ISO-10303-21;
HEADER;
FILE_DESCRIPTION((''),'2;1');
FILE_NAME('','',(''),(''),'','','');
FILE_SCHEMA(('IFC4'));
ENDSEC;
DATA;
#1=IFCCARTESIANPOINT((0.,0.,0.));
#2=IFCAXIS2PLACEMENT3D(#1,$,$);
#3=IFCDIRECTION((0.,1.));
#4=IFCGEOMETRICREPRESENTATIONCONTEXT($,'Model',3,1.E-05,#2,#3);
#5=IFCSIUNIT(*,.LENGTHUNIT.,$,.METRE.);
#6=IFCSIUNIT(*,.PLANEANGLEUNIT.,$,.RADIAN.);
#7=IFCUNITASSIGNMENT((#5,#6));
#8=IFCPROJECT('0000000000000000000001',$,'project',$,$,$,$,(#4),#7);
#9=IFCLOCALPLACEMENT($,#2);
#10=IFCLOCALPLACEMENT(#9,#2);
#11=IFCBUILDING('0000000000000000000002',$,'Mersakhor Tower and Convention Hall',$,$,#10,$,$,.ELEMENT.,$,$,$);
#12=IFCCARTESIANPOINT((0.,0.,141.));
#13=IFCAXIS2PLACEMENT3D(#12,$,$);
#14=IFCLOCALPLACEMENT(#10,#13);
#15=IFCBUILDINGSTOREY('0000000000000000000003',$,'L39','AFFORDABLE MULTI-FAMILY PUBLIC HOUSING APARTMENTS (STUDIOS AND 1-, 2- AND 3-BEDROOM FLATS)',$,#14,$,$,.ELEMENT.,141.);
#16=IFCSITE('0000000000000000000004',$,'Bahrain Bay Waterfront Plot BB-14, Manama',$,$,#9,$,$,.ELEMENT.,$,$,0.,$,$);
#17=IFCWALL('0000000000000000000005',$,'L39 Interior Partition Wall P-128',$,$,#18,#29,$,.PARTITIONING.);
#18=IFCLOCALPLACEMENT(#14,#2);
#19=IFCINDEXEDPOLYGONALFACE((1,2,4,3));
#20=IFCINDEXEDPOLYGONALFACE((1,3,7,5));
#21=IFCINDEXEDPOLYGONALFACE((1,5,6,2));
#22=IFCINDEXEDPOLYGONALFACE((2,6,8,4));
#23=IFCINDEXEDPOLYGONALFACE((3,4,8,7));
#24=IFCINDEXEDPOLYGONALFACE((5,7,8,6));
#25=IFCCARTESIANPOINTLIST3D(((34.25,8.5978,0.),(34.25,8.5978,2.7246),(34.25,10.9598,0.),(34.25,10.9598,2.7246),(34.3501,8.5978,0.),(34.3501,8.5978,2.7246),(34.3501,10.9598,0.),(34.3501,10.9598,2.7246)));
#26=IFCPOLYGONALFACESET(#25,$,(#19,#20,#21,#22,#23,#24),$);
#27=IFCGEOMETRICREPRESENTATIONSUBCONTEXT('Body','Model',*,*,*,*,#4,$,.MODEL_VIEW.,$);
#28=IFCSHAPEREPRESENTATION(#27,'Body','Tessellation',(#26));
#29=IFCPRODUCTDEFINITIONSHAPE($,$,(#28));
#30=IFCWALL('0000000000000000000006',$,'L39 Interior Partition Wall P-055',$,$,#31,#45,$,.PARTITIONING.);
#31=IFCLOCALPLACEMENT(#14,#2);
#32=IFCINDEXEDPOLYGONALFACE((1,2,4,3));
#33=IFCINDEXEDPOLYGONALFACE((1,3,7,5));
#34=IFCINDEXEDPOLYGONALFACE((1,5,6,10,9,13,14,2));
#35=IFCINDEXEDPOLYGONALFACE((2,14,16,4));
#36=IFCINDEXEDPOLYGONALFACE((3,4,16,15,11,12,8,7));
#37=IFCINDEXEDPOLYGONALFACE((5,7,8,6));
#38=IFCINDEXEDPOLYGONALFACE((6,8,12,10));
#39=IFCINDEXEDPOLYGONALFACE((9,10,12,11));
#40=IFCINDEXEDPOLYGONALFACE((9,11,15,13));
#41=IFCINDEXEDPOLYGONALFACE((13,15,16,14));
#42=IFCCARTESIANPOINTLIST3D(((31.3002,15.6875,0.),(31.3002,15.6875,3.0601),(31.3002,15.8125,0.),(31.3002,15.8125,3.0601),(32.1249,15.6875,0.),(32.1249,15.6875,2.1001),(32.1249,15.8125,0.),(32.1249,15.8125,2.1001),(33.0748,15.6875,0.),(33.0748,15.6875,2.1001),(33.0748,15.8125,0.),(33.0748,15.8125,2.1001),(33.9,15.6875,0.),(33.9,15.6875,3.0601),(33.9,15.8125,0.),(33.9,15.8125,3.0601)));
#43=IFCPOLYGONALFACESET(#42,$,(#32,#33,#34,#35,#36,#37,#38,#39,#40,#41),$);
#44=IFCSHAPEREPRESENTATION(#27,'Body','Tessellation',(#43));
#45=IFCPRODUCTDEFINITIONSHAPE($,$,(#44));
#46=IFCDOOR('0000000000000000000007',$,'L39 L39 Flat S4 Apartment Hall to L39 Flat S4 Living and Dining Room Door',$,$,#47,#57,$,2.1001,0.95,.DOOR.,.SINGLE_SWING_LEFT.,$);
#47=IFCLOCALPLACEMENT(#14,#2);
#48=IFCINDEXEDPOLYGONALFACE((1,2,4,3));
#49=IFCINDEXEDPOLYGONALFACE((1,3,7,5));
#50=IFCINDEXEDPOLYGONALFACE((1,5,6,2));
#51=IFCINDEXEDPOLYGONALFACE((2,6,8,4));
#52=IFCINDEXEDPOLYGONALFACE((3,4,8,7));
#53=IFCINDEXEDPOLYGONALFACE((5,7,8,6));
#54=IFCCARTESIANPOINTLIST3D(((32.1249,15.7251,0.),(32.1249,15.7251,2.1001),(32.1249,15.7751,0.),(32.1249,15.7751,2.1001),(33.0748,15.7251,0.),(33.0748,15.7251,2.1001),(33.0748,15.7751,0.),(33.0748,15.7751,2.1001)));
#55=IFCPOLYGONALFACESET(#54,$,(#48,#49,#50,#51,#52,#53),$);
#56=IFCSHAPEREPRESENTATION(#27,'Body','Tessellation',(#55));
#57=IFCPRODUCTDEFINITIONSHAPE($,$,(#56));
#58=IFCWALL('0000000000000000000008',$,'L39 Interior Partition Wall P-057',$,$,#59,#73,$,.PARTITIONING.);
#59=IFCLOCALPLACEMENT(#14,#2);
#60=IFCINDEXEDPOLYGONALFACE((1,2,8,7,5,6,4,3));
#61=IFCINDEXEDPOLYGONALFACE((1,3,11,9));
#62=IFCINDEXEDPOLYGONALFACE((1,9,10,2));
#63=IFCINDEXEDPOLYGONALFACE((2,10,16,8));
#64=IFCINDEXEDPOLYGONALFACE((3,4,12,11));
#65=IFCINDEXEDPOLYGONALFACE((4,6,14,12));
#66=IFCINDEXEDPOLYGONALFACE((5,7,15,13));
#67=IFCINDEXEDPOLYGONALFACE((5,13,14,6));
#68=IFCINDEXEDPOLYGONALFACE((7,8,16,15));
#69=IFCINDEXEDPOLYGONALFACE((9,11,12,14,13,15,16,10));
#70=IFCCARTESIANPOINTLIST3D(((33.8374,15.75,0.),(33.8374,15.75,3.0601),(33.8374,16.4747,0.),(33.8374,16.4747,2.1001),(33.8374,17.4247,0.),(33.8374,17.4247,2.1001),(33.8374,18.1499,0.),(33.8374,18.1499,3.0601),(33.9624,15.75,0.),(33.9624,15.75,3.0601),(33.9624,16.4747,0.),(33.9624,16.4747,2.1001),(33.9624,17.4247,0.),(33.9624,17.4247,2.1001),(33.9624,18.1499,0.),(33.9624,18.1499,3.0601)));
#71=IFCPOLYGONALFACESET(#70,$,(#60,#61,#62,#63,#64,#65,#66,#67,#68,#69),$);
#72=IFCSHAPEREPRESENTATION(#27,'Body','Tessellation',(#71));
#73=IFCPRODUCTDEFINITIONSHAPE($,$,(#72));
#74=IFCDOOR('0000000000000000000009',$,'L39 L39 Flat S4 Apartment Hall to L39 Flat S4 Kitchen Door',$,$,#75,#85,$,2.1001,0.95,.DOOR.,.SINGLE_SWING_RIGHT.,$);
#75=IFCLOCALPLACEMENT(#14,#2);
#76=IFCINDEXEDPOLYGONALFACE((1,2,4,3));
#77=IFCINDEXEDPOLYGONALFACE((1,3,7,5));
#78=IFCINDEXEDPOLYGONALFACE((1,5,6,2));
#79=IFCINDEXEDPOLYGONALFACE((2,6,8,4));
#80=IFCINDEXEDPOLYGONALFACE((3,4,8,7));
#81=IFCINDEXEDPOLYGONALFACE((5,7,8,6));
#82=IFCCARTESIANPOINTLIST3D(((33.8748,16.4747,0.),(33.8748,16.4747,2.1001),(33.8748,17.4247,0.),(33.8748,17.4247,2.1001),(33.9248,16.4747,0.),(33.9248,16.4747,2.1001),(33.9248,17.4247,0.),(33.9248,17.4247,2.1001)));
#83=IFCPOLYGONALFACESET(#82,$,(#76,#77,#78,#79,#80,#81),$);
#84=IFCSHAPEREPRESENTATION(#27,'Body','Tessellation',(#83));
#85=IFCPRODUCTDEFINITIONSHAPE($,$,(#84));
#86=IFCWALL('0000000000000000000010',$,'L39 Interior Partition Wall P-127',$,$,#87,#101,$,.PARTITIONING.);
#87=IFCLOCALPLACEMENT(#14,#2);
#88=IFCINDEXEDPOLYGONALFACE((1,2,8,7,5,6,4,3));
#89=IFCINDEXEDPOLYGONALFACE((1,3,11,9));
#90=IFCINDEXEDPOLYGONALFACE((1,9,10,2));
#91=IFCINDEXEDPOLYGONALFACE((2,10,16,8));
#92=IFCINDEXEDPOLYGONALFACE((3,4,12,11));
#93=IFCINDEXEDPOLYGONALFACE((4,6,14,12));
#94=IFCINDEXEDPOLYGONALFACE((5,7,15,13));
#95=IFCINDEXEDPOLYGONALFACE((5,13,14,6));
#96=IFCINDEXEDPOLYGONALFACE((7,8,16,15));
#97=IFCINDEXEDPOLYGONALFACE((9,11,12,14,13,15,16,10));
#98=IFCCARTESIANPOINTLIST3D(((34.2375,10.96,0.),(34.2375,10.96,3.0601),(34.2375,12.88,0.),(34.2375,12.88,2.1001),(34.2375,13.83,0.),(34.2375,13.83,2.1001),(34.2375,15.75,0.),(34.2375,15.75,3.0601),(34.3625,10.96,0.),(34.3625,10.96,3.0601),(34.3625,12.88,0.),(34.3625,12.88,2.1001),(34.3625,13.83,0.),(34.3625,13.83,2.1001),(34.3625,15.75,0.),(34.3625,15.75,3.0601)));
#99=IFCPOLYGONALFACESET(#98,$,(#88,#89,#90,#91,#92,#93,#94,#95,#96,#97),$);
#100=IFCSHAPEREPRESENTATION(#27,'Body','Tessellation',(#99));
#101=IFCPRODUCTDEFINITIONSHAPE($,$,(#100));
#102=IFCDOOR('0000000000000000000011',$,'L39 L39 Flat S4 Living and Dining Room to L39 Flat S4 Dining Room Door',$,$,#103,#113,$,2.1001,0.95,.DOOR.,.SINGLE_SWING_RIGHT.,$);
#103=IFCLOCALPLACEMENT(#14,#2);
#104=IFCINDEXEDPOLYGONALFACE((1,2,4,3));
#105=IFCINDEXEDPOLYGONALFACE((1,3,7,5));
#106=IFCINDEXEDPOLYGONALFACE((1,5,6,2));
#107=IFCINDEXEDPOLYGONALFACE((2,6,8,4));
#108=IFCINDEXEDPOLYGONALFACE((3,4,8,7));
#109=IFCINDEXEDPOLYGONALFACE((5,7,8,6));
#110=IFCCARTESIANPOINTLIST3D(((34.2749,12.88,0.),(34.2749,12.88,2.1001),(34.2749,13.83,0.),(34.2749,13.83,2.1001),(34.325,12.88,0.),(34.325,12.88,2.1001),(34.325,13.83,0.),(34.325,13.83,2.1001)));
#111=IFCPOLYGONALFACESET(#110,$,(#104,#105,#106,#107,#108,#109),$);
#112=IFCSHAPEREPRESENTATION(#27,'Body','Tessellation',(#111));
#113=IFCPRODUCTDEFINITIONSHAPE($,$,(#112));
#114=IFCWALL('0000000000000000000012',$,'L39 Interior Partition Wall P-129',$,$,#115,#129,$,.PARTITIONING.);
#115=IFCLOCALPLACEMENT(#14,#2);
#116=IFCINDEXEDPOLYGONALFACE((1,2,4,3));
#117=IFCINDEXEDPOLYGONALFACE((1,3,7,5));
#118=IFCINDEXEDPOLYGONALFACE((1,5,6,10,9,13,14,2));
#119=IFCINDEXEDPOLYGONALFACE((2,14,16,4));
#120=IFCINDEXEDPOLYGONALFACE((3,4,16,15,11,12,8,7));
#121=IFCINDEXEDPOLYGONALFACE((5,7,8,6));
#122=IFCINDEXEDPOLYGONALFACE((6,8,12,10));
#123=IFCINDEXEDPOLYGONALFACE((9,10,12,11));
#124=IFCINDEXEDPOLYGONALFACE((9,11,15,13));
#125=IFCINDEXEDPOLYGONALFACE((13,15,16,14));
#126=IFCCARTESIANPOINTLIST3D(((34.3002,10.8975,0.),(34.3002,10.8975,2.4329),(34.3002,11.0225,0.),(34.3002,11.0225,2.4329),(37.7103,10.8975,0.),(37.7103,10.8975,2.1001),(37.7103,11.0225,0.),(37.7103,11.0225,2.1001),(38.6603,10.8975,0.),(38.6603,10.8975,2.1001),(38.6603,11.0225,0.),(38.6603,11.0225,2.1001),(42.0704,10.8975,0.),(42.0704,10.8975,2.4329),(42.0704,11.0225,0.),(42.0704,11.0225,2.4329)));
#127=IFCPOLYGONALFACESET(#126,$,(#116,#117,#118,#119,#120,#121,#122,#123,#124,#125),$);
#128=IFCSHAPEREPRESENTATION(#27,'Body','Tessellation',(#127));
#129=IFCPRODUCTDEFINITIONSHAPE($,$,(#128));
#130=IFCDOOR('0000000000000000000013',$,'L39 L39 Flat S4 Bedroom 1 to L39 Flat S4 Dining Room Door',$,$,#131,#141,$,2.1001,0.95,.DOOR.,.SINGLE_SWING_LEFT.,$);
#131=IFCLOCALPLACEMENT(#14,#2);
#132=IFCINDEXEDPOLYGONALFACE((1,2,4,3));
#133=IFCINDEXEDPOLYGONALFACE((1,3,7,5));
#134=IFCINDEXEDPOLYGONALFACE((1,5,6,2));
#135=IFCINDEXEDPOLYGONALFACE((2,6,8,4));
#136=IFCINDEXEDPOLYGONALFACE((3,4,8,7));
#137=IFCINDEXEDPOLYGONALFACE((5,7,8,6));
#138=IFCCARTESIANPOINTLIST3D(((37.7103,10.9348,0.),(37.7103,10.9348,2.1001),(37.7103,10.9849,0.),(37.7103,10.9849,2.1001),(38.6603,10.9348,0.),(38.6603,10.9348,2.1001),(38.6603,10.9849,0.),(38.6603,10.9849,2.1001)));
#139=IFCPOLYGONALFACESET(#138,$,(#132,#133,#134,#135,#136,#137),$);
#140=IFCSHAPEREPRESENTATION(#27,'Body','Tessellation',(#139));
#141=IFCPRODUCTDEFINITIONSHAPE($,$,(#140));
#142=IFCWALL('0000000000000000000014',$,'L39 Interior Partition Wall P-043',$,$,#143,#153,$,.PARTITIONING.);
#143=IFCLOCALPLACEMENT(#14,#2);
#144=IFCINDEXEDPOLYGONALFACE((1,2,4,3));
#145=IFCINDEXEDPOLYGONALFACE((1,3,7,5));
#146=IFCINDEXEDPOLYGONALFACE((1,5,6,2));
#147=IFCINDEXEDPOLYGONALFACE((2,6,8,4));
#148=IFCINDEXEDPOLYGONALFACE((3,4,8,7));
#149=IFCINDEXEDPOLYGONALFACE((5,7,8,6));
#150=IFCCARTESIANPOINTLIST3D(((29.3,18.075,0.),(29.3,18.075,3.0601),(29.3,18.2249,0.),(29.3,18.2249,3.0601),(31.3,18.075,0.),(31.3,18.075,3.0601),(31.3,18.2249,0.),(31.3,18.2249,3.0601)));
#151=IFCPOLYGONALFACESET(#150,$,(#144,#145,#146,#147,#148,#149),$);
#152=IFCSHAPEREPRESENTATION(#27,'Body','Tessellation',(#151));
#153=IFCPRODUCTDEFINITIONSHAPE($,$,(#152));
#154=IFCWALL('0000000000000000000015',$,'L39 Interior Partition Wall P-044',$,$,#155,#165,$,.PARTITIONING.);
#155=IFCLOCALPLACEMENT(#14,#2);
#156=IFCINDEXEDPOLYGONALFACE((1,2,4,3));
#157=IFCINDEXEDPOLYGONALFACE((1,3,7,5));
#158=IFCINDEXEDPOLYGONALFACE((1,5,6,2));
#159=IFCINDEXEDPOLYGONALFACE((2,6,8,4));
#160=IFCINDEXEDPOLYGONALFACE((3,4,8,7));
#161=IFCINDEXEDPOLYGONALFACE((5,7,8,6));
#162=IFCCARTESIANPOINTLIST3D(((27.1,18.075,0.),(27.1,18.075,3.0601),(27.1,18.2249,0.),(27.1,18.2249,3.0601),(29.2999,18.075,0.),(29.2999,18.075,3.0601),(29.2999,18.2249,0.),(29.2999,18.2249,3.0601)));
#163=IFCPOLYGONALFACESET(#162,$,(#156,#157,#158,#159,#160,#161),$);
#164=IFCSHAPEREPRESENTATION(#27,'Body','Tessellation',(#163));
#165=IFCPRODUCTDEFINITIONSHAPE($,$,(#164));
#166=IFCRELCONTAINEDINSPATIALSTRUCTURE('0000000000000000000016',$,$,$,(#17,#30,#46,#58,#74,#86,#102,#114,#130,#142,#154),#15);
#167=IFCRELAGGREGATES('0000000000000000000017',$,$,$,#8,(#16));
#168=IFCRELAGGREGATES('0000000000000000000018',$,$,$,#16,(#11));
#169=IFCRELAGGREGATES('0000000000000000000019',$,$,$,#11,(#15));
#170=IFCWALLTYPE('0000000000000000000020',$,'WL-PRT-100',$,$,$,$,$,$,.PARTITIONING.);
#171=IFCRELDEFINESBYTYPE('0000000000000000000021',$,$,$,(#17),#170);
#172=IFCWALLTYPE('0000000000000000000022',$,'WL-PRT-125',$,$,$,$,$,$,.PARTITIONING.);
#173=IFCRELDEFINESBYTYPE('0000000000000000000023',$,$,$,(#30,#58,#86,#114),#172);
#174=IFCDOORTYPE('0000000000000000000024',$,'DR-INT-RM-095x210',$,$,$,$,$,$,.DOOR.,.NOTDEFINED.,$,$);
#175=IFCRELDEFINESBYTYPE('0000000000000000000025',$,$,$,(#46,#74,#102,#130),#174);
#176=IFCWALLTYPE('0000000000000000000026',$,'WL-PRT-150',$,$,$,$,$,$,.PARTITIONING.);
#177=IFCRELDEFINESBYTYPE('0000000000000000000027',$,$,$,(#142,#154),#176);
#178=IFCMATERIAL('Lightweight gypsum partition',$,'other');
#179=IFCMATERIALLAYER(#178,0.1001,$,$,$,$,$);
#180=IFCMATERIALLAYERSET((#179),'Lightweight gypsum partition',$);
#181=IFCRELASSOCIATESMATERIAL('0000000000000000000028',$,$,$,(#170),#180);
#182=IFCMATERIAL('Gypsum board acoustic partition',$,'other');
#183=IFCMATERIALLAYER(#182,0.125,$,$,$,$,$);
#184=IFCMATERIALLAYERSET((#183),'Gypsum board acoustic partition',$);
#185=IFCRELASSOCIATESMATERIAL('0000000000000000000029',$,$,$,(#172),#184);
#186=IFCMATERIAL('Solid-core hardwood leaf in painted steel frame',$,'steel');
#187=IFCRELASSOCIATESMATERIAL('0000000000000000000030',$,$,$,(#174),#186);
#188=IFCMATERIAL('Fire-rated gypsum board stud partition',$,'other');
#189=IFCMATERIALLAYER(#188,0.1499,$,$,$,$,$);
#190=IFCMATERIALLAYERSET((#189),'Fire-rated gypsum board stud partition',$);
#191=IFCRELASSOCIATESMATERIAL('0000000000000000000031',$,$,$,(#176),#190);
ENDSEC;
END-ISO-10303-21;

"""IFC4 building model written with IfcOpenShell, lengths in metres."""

from ifc_helpers import new_model, si_unit, direction, frame, frame_2d, origin, place, context, subcontext, project, spatial, rectangle, extrude, material, layer, layer_set, type_object, element, fill, save


model = new_model("IFC4")

# Units and contexts
model_context = context("Model", 3, precision=1e-05, world=origin(), true_north=direction((0.0, 1.0)))
body_context = subcontext(model_context, "Body", "Model", "MODEL_VIEW")
ifc_project = project(units=[si_unit("LENGTHUNIT", "METRE"), si_unit("PLANEANGLEUNIT", "RADIAN")], contexts=[model_context])

# Site, building, storey
site_placement = place(None, origin())
site = spatial("IfcSite", under=ifc_project, at=site_placement, Name="Bahrain Bay Waterfront Plot BB-14, Manama", CompositionType="ELEMENT", RefElevation=0.0)
building_placement = place(site_placement, origin())
building = spatial("IfcBuilding", under=site, at=building_placement, Name="Mersakhor Tower and Convention Hall", CompositionType="ELEMENT")
storey_placement = place(building_placement, frame((0.0, 0.0, 141.0)))
storey = spatial("IfcBuildingStorey", under=building, at=storey_placement, Name="L39", Description="AFFORDABLE MULTI-FAMILY PUBLIC HOUSING APARTMENTS (STUDIOS AND 1-, 2- AND 3-BEDROOM FLATS)", CompositionType="ELEMENT", Elevation=141.0)

# Wall
ifc_material_1 = material(Name="Lightweight gypsum partition", Category="other")
ifc_layer_1 = layer(ifc_material_1, 0.1001)
ifc_layer_set_1 = layer_set([ifc_layer_1], Name="Lightweight gypsum partition")
wall_type_1 = type_object("IfcWallType", Name="WL-PRT-100", PredefinedType="PARTITIONING", material=ifc_layer_set_1)
wall_1_placement = place(storey_placement, frame((34.3, 10.96, 0.0), z_axis=(0.0, 0.0, 1.0), x_axis=(0.0, -1.0, 0.0)))
element("IfcWall", 1, at=wall_1_placement, inside=storey, type_object=wall_type_1, Name="L39 Interior Partition Wall P-128", PredefinedType="PARTITIONING", context=body_context, shape_type="SweptSolid", body=[
    extrude(rectangle(XDim=2.3621, YDim=0.1001, at=frame_2d((1.1812, 0.0))), origin(), (0.0, 0.0, 1.0), 2.7246),
])

# Walls, openings, doors
ifc_material_2 = material(Name="Gypsum board acoustic partition", Category="other")
ifc_layer_2 = layer(ifc_material_2, 0.125)
ifc_layer_set_2 = layer_set([ifc_layer_2], Name="Gypsum board acoustic partition")
wall_type_2 = type_object("IfcWallType", Name="WL-PRT-125", PredefinedType="PARTITIONING", material=ifc_layer_set_2)
wall_2_placement = place(storey_placement, frame((33.8999, 15.75, 0.0), z_axis=(0.0, 0.0, 1.0), x_axis=(-1.0, 0.0, 0.0)))
wall_2 = element("IfcWall", 2, at=wall_2_placement, inside=storey, type_object=wall_type_2, Name="L39 Interior Partition Wall P-055", PredefinedType="PARTITIONING", context=body_context, shape_type="SweptSolid", body=[
    extrude(rectangle(XDim=2.5999, YDim=0.125, at=frame_2d((1.2998, 0.0))), origin(), (0.0, 0.0, 1.0), 3.0601),
])
opening_1_placement = place(wall_2_placement, frame((0.825, 0.0, 0.0)))
opening_1 = element("IfcOpeningElement", 3, at=opening_1_placement, cuts=wall_2, PredefinedType="OPENING", context=body_context, shape_type="SweptSolid", body=[
    extrude(rectangle(XDim=0.95, YDim=2.1001, at=frame_2d((0.4751, 1.05))), frame((0.0, 0.0725, 0.0), z_axis=(0.0, -1.0, 0.0), x_axis=(1.0, 0.0, 0.0)), (0.0, 0.0, 1.0), 0.145),
])
ifc_material_3 = material(Name="Solid-core hardwood leaf in painted steel frame", Category="steel")
door_type_1 = type_object("IfcDoorType", Name="DR-INT-RM-095x210", OperationType="NOTDEFINED", PredefinedType="DOOR", material=ifc_material_3)
door_1_placement = place(opening_1_placement, origin())
door_1 = element("IfcDoor", 4, at=door_1_placement, inside=storey, type_object=door_type_1, Name="L39 L39 Flat S4 Apartment Hall to L39 Flat S4 Living and Dining Room Door", OperationType="SINGLE_SWING_LEFT", OverallHeight=2.1001, OverallWidth=0.95, PredefinedType="DOOR", context=body_context, shape_type="SweptSolid", body=[
    extrude(rectangle(XDim=0.95, YDim=2.1001, at=frame_2d((0.4751, 1.05))), frame((0.0, 0.0249, 0.0), z_axis=(0.0, -1.0, 0.0), x_axis=(1.0, 0.0, 0.0)), (0.0, 0.0, 1.0), 0.05),
])
fill(opening_1, door_1)
wall_3_placement = place(storey_placement, frame((33.8999, 18.1499, 0.0), z_axis=(0.0, 0.0, 1.0), x_axis=(0.0, -1.0, 0.0)))
wall_3 = element("IfcWall", 5, at=wall_3_placement, inside=storey, type_object=wall_type_2, Name="L39 Interior Partition Wall P-057", PredefinedType="PARTITIONING", context=body_context, shape_type="SweptSolid", body=[
    extrude(rectangle(XDim=2.3999, YDim=0.125, at=frame_2d((1.2, 0.0))), origin(), (0.0, 0.0, 1.0), 3.0601),
])
opening_2_placement = place(wall_3_placement, frame((0.7251, 0.0, 0.0)))
opening_2 = element("IfcOpeningElement", 6, at=opening_2_placement, cuts=wall_3, PredefinedType="OPENING", context=body_context, shape_type="SweptSolid", body=[
    extrude(rectangle(XDim=0.95, YDim=2.1001, at=frame_2d((0.4751, 1.05))), frame((0.0, 0.0725, 0.0), z_axis=(0.0, -1.0, 0.0), x_axis=(1.0, 0.0, 0.0)), (0.0, 0.0, 1.0), 0.145),
])
door_2_placement = place(opening_2_placement, origin())
door_2 = element("IfcDoor", 7, at=door_2_placement, inside=storey, type_object=door_type_1, Name="L39 L39 Flat S4 Apartment Hall to L39 Flat S4 Kitchen Door", OperationType="SINGLE_SWING_RIGHT", OverallHeight=2.1001, OverallWidth=0.95, PredefinedType="DOOR", context=body_context, shape_type="SweptSolid", body=[
    extrude(rectangle(XDim=0.95, YDim=2.1001, at=frame_2d((0.4751, 1.05))), frame((0.0, 0.0249, 0.0), z_axis=(0.0, -1.0, 0.0), x_axis=(1.0, 0.0, 0.0)), (0.0, 0.0, 1.0), 0.05),
])
fill(opening_2, door_2)
wall_4_placement = place(storey_placement, frame((34.3, 15.75, 0.0), z_axis=(0.0, 0.0, 1.0), x_axis=(0.0, -1.0, 0.0)))
wall_4 = element("IfcWall", 8, at=wall_4_placement, inside=storey, type_object=wall_type_2, Name="L39 Interior Partition Wall P-127", PredefinedType="PARTITIONING", context=body_context, shape_type="SweptSolid", body=[
    extrude(rectangle(XDim=4.79, YDim=0.125, at=frame_2d((2.395, 0.0))), origin(), (0.0, 0.0, 1.0), 3.0601),
])
opening_3_placement = place(wall_4_placement, frame((1.9199, 0.0, 0.0)))
opening_3 = element("IfcOpeningElement", 9, at=opening_3_placement, cuts=wall_4, PredefinedType="OPENING", context=body_context, shape_type="SweptSolid", body=[
    extrude(rectangle(XDim=0.95, YDim=2.1001, at=frame_2d((0.4751, 1.05))), frame((0.0, 0.0725, 0.0), z_axis=(0.0, -1.0, 0.0), x_axis=(1.0, 0.0, 0.0)), (0.0, 0.0, 1.0), 0.145),
])
door_3_placement = place(opening_3_placement, origin())
door_3 = element("IfcDoor", 10, at=door_3_placement, inside=storey, type_object=door_type_1, Name="L39 L39 Flat S4 Living and Dining Room to L39 Flat S4 Dining Room Door", OperationType="SINGLE_SWING_RIGHT", OverallHeight=2.1001, OverallWidth=0.95, PredefinedType="DOOR", context=body_context, shape_type="SweptSolid", body=[
    extrude(rectangle(XDim=0.95, YDim=2.1001, at=frame_2d((0.4751, 1.05))), frame((0.0, 0.0249, 0.0), z_axis=(0.0, -1.0, 0.0), x_axis=(1.0, 0.0, 0.0)), (0.0, 0.0, 1.0), 0.05),
])
fill(opening_3, door_3)
wall_5_placement = place(storey_placement, frame((34.3, 10.96, 0.0), z_axis=(0.0, 0.0, 1.0), x_axis=(1.0, 0.0, 0.0)))
wall_5 = element("IfcWall", 11, at=wall_5_placement, inside=storey, type_object=wall_type_2, Name="L39 Interior Partition Wall P-129", PredefinedType="PARTITIONING", context=body_context, shape_type="SweptSolid", body=[
    extrude(rectangle(XDim=7.7703, YDim=0.125, at=frame_2d((3.8853, 0.0))), origin(), (0.0, 0.0, 1.0), 2.4329),
])
opening_4_placement = place(wall_5_placement, frame((3.4102, 0.0, 0.0)))
opening_4 = element("IfcOpeningElement", 12, at=opening_4_placement, cuts=wall_5, PredefinedType="OPENING", context=body_context, shape_type="SweptSolid", body=[
    extrude(rectangle(XDim=0.95, YDim=2.1001, at=frame_2d((0.4751, 1.05))), frame((0.0, 0.0725, 0.0), z_axis=(0.0, -1.0, 0.0), x_axis=(1.0, 0.0, 0.0)), (0.0, 0.0, 1.0), 0.145),
])
door_4_placement = place(opening_4_placement, origin())
door_4 = element("IfcDoor", 13, at=door_4_placement, inside=storey, type_object=door_type_1, Name="L39 L39 Flat S4 Bedroom 1 to L39 Flat S4 Dining Room Door", OperationType="SINGLE_SWING_LEFT", OverallHeight=2.1001, OverallWidth=0.95, PredefinedType="DOOR", context=body_context, shape_type="SweptSolid", body=[
    extrude(rectangle(XDim=0.95, YDim=2.1001, at=frame_2d((0.4751, 1.05))), frame((0.0, 0.0249, 0.0), z_axis=(0.0, -1.0, 0.0), x_axis=(1.0, 0.0, 0.0)), (0.0, 0.0, 1.0), 0.05),
])
fill(opening_4, door_4)
ifc_material_4 = material(Name="Fire-rated gypsum board stud partition", Category="other")
ifc_layer_3 = layer(ifc_material_4, 0.1499)
ifc_layer_set_3 = layer_set([ifc_layer_3], Name="Fire-rated gypsum board stud partition")
wall_type_3 = type_object("IfcWallType", Name="WL-PRT-150", PredefinedType="PARTITIONING", material=ifc_layer_set_3)

# Walls
wall_6_placement = place(storey_placement, frame((31.3, 18.1499, 0.0), z_axis=(0.0, 0.0, 1.0), x_axis=(-1.0, 0.0, 0.0)))
element("IfcWall", 14, at=wall_6_placement, inside=storey, type_object=wall_type_3, Name="L39 Interior Partition Wall P-043", PredefinedType="PARTITIONING", context=body_context, shape_type="SweptSolid", body=[
    extrude(rectangle(XDim=2.0, YDim=0.1499, at=frame_2d((1.0, 0.0))), origin(), (0.0, 0.0, 1.0), 3.0601),
])
wall_7_placement = place(storey_placement, frame((29.3, 18.1499, 0.0), z_axis=(0.0, 0.0, 1.0), x_axis=(-1.0, 0.0, 0.0)))
element("IfcWall", 15, at=wall_7_placement, inside=storey, type_object=wall_type_3, Name="L39 Interior Partition Wall P-044", PredefinedType="PARTITIONING", context=body_context, shape_type="SweptSolid", body=[
    extrude(rectangle(XDim=2.2, YDim=0.1499, at=frame_2d((1.1001, 0.0))), origin(), (0.0, 0.0, 1.0), 3.0601),
])

save(model, "model.ifc")
